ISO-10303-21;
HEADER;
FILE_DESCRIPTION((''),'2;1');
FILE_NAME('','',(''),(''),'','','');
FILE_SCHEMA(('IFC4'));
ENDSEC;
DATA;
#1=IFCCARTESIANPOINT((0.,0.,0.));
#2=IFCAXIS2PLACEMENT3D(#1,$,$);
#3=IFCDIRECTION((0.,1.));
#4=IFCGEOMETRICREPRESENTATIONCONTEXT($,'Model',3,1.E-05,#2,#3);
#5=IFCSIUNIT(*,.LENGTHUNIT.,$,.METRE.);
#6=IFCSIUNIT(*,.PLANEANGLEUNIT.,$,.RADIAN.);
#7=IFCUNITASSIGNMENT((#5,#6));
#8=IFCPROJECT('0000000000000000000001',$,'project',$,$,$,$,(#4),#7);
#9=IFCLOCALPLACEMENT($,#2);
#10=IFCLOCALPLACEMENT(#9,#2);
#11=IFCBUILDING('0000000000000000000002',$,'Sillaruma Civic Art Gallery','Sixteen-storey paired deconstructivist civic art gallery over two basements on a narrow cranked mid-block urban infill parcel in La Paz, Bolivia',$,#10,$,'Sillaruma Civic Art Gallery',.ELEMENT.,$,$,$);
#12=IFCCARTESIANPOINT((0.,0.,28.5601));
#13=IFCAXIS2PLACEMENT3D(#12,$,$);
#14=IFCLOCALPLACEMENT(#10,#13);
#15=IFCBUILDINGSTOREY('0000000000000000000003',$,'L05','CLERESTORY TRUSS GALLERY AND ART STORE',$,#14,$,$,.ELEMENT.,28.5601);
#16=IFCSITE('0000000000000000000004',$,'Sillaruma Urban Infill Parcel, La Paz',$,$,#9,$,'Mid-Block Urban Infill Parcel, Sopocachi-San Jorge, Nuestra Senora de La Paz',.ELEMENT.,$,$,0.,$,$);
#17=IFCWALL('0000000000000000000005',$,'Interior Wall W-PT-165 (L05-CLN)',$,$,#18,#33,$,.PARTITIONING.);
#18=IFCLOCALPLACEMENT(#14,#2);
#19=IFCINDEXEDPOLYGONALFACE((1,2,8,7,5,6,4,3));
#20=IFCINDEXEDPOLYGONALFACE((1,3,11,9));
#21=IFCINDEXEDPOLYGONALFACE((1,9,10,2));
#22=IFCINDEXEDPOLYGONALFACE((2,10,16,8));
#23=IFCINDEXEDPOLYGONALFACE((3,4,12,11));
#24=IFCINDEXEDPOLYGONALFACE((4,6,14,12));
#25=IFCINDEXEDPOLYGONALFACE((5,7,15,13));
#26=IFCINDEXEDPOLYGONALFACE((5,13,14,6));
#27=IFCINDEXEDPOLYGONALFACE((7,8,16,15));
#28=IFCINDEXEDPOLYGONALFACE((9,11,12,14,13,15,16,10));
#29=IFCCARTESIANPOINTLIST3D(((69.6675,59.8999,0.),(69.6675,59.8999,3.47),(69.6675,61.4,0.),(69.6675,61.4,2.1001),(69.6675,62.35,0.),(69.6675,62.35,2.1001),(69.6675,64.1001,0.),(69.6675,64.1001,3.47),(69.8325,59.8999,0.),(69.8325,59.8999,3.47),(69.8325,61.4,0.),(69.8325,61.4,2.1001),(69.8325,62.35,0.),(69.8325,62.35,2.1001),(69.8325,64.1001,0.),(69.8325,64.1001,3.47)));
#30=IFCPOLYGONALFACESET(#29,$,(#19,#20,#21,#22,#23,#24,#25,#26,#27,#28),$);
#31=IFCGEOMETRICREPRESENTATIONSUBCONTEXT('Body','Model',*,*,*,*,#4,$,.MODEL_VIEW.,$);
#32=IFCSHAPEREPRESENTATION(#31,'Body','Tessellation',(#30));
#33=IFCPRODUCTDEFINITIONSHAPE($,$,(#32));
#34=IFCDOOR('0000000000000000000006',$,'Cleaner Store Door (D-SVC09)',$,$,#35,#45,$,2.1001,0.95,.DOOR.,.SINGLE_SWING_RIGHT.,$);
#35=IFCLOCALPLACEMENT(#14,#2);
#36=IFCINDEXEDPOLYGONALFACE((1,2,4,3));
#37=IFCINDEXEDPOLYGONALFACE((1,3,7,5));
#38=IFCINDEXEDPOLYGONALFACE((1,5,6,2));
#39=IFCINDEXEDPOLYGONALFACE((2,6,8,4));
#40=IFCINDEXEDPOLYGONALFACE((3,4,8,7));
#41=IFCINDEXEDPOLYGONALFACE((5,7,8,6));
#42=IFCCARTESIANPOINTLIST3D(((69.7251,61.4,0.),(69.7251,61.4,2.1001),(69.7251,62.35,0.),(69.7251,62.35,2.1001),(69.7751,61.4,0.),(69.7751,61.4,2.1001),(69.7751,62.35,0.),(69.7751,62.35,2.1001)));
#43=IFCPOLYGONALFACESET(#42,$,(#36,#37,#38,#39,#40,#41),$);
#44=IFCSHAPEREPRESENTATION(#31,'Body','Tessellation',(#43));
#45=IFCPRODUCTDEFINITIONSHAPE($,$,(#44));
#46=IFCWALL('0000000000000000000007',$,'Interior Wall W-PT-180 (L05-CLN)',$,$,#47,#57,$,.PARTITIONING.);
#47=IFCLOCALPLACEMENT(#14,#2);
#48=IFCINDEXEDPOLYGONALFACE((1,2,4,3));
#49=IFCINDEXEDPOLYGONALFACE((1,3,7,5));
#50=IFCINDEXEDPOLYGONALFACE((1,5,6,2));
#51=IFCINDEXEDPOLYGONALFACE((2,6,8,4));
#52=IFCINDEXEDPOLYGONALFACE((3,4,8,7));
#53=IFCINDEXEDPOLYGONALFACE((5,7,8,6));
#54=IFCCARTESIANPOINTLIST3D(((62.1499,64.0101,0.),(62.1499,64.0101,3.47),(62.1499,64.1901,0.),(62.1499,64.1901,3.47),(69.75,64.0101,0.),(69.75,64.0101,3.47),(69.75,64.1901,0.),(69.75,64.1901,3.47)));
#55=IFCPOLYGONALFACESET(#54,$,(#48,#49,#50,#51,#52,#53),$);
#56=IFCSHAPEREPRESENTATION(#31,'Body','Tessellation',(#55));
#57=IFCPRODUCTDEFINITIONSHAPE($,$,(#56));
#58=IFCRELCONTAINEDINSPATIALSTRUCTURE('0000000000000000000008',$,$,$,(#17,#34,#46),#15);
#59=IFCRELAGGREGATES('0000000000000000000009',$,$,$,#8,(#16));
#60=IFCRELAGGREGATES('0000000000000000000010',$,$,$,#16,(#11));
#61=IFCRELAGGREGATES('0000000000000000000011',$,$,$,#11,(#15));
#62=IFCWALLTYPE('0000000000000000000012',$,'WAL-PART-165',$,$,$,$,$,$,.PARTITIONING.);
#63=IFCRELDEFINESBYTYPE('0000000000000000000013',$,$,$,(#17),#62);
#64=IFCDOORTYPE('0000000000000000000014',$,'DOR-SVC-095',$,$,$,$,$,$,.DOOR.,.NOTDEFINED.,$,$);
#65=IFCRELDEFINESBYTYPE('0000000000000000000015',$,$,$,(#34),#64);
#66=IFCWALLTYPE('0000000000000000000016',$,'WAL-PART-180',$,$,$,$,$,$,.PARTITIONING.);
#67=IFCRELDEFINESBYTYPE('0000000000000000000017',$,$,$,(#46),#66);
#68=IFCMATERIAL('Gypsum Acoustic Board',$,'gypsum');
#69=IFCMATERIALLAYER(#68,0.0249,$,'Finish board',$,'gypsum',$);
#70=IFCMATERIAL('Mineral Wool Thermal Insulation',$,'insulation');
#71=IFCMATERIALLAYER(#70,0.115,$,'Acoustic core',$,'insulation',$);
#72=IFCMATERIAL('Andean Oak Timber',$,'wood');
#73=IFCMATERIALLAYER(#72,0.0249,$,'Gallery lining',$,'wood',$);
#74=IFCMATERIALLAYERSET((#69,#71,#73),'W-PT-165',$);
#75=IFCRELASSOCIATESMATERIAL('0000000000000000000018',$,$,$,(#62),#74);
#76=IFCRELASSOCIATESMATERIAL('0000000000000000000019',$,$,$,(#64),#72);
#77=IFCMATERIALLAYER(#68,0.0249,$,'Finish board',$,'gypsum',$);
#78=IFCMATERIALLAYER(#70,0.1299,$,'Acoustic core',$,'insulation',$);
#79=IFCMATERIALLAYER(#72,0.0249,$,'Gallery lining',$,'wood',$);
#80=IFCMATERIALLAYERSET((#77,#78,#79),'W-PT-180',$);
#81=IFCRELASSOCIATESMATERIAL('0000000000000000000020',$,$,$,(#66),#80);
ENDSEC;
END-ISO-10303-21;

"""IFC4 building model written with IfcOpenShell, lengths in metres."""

from ifc_helpers import new_model, si_unit, direction, frame, frame_2d, origin, place, context, subcontext, project, spatial, rectangle, extrude, material, layer, layer_set, type_object, element, fill, save


model = new_model("IFC4")

# Units and contexts
model_context = context("Model", 3, precision=1e-05, world=origin(), true_north=direction((0.0, 1.0)))
body_context = subcontext(model_context, "Body", "Model", "MODEL_VIEW")
ifc_project = project(units=[si_unit("LENGTHUNIT", "METRE"), si_unit("PLANEANGLEUNIT", "RADIAN")], contexts=[model_context])

# Site, building, storey
site_placement = place(None, origin())
site = spatial("IfcSite", under=ifc_project, at=site_placement, Name="Sillaruma Urban Infill Parcel, La Paz", LongName="Mid-Block Urban Infill Parcel, Sopocachi-San Jorge, Nuestra Senora de La Paz", CompositionType="ELEMENT", RefElevation=0.0)
building_placement = place(site_placement, origin())
building = spatial("IfcBuilding", under=site, at=building_placement, Name="Sillaruma Civic Art Gallery", Description="Sixteen-storey paired deconstructivist civic art gallery over two basements on a narrow cranked mid-block urban infill parcel in La Paz, Bolivia", LongName="Sillaruma Civic Art Gallery", CompositionType="ELEMENT")
storey_placement = place(building_placement, frame((0.0, 0.0, 28.5601)))
storey = spatial("IfcBuildingStorey", under=building, at=storey_placement, Name="L05", Description="CLERESTORY TRUSS GALLERY AND ART STORE", CompositionType="ELEMENT", Elevation=28.5601)

# Shared definitions
ifc_material_1 = material(Name="Gypsum Acoustic Board", Category="gypsum")
ifc_material_2 = material(Name="Mineral Wool Thermal Insulation", Category="insulation")
ifc_material_3 = material(Name="Andean Oak Timber", Category="wood")

# Wall, opening, door
ifc_layer_1 = layer(ifc_material_1, 0.0249, Name="Finish board", Category="gypsum")
ifc_layer_2 = layer(ifc_material_2, 0.115, Name="Acoustic core", Category="insulation")
ifc_layer_3 = layer(ifc_material_3, 0.0249, Name="Gallery lining", Category="wood")
ifc_layer_set_1 = layer_set([ifc_layer_1, ifc_layer_2, ifc_layer_3], Name="W-PT-165")
wall_type_1 = type_object("IfcWallType", Name="WAL-PART-165", PredefinedType="PARTITIONING", material=ifc_layer_set_1)
wall_1_placement = place(storey_placement, frame((69.75, 59.8999, 0.0), z_axis=(0.0, 0.0, 1.0), x_axis=(0.0, 1.0, 0.0)))
wall_1 = element("IfcWall", 1, at=wall_1_placement, inside=storey, type_object=wall_type_1, Name="Interior Wall W-PT-165 (L05-CLN)", PredefinedType="PARTITIONING", context=body_context, shape_type="SweptSolid", body=[
    extrude(rectangle(XDim=4.2002, YDim=0.165, at=frame_2d((2.1001, 0.0))), origin(), (0.0, 0.0, 1.0), 3.47),
])
opening_1_placement = place(wall_1_placement, frame((1.5, 0.0, 0.0)))
opening_1 = element("IfcOpeningElement", 2, at=opening_1_placement, cuts=wall_1, PredefinedType="OPENING", context=body_context, shape_type="SweptSolid", body=[
    extrude(rectangle(XDim=0.95, YDim=2.1001, at=frame_2d((0.4751, 1.05))), frame((0.0, 0.0925, 0.0), z_axis=(0.0, -1.0, 0.0), x_axis=(1.0, 0.0, 0.0)), (0.0, 0.0, 1.0), 0.1851),
])
door_type_1 = type_object("IfcDoorType", Name="DOR-SVC-095", OperationType="NOTDEFINED", PredefinedType="DOOR", material=ifc_material_3)
door_1_placement = place(opening_1_placement, origin())
door_1 = element("IfcDoor", 3, at=door_1_placement, inside=storey, type_object=door_type_1, Name="Cleaner Store Door (D-SVC09)", OperationType="SINGLE_SWING_RIGHT", OverallHeight=2.1001, OverallWidth=0.95, PredefinedType="DOOR", context=body_context, shape_type="SweptSolid", body=[
    extrude(rectangle(XDim=0.95, YDim=2.1001, at=frame_2d((0.4751, 1.05))), frame((0.0, 0.0249, 0.0), z_axis=(0.0, -1.0, 0.0), x_axis=(1.0, 0.0, 0.0)), (0.0, 0.0, 1.0), 0.05),
])
fill(opening_1, door_1)

# Wall
ifc_layer_4 = layer(ifc_material_1, 0.0249, Name="Finish board", Category="gypsum")
ifc_layer_5 = layer(ifc_material_2, 0.1299, Name="Acoustic core", Category="insulation")
ifc_layer_6 = layer(ifc_material_3, 0.0249, Name="Gallery lining", Category="wood")
ifc_layer_set_2 = layer_set([ifc_layer_4, ifc_layer_5, ifc_layer_6], Name="W-PT-180")
wall_type_2 = type_object("IfcWallType", Name="WAL-PART-180", PredefinedType="PARTITIONING", material=ifc_layer_set_2)
wall_2_placement = place(storey_placement, frame((62.1499, 64.1001, 0.0), z_axis=(0.0, 0.0, 1.0), x_axis=(1.0, 0.0, 0.0)))
element("IfcWall", 4, at=wall_2_placement, inside=storey, type_object=wall_type_2, Name="Interior Wall W-PT-180 (L05-CLN)", PredefinedType="PARTITIONING", context=body_context, shape_type="SweptSolid", body=[
    extrude(rectangle(XDim=7.6001, YDim=0.1799, at=frame_2d((3.8, 0.0))), origin(), (0.0, 0.0, 1.0), 3.47),
])

save(model, "model.ifc")
